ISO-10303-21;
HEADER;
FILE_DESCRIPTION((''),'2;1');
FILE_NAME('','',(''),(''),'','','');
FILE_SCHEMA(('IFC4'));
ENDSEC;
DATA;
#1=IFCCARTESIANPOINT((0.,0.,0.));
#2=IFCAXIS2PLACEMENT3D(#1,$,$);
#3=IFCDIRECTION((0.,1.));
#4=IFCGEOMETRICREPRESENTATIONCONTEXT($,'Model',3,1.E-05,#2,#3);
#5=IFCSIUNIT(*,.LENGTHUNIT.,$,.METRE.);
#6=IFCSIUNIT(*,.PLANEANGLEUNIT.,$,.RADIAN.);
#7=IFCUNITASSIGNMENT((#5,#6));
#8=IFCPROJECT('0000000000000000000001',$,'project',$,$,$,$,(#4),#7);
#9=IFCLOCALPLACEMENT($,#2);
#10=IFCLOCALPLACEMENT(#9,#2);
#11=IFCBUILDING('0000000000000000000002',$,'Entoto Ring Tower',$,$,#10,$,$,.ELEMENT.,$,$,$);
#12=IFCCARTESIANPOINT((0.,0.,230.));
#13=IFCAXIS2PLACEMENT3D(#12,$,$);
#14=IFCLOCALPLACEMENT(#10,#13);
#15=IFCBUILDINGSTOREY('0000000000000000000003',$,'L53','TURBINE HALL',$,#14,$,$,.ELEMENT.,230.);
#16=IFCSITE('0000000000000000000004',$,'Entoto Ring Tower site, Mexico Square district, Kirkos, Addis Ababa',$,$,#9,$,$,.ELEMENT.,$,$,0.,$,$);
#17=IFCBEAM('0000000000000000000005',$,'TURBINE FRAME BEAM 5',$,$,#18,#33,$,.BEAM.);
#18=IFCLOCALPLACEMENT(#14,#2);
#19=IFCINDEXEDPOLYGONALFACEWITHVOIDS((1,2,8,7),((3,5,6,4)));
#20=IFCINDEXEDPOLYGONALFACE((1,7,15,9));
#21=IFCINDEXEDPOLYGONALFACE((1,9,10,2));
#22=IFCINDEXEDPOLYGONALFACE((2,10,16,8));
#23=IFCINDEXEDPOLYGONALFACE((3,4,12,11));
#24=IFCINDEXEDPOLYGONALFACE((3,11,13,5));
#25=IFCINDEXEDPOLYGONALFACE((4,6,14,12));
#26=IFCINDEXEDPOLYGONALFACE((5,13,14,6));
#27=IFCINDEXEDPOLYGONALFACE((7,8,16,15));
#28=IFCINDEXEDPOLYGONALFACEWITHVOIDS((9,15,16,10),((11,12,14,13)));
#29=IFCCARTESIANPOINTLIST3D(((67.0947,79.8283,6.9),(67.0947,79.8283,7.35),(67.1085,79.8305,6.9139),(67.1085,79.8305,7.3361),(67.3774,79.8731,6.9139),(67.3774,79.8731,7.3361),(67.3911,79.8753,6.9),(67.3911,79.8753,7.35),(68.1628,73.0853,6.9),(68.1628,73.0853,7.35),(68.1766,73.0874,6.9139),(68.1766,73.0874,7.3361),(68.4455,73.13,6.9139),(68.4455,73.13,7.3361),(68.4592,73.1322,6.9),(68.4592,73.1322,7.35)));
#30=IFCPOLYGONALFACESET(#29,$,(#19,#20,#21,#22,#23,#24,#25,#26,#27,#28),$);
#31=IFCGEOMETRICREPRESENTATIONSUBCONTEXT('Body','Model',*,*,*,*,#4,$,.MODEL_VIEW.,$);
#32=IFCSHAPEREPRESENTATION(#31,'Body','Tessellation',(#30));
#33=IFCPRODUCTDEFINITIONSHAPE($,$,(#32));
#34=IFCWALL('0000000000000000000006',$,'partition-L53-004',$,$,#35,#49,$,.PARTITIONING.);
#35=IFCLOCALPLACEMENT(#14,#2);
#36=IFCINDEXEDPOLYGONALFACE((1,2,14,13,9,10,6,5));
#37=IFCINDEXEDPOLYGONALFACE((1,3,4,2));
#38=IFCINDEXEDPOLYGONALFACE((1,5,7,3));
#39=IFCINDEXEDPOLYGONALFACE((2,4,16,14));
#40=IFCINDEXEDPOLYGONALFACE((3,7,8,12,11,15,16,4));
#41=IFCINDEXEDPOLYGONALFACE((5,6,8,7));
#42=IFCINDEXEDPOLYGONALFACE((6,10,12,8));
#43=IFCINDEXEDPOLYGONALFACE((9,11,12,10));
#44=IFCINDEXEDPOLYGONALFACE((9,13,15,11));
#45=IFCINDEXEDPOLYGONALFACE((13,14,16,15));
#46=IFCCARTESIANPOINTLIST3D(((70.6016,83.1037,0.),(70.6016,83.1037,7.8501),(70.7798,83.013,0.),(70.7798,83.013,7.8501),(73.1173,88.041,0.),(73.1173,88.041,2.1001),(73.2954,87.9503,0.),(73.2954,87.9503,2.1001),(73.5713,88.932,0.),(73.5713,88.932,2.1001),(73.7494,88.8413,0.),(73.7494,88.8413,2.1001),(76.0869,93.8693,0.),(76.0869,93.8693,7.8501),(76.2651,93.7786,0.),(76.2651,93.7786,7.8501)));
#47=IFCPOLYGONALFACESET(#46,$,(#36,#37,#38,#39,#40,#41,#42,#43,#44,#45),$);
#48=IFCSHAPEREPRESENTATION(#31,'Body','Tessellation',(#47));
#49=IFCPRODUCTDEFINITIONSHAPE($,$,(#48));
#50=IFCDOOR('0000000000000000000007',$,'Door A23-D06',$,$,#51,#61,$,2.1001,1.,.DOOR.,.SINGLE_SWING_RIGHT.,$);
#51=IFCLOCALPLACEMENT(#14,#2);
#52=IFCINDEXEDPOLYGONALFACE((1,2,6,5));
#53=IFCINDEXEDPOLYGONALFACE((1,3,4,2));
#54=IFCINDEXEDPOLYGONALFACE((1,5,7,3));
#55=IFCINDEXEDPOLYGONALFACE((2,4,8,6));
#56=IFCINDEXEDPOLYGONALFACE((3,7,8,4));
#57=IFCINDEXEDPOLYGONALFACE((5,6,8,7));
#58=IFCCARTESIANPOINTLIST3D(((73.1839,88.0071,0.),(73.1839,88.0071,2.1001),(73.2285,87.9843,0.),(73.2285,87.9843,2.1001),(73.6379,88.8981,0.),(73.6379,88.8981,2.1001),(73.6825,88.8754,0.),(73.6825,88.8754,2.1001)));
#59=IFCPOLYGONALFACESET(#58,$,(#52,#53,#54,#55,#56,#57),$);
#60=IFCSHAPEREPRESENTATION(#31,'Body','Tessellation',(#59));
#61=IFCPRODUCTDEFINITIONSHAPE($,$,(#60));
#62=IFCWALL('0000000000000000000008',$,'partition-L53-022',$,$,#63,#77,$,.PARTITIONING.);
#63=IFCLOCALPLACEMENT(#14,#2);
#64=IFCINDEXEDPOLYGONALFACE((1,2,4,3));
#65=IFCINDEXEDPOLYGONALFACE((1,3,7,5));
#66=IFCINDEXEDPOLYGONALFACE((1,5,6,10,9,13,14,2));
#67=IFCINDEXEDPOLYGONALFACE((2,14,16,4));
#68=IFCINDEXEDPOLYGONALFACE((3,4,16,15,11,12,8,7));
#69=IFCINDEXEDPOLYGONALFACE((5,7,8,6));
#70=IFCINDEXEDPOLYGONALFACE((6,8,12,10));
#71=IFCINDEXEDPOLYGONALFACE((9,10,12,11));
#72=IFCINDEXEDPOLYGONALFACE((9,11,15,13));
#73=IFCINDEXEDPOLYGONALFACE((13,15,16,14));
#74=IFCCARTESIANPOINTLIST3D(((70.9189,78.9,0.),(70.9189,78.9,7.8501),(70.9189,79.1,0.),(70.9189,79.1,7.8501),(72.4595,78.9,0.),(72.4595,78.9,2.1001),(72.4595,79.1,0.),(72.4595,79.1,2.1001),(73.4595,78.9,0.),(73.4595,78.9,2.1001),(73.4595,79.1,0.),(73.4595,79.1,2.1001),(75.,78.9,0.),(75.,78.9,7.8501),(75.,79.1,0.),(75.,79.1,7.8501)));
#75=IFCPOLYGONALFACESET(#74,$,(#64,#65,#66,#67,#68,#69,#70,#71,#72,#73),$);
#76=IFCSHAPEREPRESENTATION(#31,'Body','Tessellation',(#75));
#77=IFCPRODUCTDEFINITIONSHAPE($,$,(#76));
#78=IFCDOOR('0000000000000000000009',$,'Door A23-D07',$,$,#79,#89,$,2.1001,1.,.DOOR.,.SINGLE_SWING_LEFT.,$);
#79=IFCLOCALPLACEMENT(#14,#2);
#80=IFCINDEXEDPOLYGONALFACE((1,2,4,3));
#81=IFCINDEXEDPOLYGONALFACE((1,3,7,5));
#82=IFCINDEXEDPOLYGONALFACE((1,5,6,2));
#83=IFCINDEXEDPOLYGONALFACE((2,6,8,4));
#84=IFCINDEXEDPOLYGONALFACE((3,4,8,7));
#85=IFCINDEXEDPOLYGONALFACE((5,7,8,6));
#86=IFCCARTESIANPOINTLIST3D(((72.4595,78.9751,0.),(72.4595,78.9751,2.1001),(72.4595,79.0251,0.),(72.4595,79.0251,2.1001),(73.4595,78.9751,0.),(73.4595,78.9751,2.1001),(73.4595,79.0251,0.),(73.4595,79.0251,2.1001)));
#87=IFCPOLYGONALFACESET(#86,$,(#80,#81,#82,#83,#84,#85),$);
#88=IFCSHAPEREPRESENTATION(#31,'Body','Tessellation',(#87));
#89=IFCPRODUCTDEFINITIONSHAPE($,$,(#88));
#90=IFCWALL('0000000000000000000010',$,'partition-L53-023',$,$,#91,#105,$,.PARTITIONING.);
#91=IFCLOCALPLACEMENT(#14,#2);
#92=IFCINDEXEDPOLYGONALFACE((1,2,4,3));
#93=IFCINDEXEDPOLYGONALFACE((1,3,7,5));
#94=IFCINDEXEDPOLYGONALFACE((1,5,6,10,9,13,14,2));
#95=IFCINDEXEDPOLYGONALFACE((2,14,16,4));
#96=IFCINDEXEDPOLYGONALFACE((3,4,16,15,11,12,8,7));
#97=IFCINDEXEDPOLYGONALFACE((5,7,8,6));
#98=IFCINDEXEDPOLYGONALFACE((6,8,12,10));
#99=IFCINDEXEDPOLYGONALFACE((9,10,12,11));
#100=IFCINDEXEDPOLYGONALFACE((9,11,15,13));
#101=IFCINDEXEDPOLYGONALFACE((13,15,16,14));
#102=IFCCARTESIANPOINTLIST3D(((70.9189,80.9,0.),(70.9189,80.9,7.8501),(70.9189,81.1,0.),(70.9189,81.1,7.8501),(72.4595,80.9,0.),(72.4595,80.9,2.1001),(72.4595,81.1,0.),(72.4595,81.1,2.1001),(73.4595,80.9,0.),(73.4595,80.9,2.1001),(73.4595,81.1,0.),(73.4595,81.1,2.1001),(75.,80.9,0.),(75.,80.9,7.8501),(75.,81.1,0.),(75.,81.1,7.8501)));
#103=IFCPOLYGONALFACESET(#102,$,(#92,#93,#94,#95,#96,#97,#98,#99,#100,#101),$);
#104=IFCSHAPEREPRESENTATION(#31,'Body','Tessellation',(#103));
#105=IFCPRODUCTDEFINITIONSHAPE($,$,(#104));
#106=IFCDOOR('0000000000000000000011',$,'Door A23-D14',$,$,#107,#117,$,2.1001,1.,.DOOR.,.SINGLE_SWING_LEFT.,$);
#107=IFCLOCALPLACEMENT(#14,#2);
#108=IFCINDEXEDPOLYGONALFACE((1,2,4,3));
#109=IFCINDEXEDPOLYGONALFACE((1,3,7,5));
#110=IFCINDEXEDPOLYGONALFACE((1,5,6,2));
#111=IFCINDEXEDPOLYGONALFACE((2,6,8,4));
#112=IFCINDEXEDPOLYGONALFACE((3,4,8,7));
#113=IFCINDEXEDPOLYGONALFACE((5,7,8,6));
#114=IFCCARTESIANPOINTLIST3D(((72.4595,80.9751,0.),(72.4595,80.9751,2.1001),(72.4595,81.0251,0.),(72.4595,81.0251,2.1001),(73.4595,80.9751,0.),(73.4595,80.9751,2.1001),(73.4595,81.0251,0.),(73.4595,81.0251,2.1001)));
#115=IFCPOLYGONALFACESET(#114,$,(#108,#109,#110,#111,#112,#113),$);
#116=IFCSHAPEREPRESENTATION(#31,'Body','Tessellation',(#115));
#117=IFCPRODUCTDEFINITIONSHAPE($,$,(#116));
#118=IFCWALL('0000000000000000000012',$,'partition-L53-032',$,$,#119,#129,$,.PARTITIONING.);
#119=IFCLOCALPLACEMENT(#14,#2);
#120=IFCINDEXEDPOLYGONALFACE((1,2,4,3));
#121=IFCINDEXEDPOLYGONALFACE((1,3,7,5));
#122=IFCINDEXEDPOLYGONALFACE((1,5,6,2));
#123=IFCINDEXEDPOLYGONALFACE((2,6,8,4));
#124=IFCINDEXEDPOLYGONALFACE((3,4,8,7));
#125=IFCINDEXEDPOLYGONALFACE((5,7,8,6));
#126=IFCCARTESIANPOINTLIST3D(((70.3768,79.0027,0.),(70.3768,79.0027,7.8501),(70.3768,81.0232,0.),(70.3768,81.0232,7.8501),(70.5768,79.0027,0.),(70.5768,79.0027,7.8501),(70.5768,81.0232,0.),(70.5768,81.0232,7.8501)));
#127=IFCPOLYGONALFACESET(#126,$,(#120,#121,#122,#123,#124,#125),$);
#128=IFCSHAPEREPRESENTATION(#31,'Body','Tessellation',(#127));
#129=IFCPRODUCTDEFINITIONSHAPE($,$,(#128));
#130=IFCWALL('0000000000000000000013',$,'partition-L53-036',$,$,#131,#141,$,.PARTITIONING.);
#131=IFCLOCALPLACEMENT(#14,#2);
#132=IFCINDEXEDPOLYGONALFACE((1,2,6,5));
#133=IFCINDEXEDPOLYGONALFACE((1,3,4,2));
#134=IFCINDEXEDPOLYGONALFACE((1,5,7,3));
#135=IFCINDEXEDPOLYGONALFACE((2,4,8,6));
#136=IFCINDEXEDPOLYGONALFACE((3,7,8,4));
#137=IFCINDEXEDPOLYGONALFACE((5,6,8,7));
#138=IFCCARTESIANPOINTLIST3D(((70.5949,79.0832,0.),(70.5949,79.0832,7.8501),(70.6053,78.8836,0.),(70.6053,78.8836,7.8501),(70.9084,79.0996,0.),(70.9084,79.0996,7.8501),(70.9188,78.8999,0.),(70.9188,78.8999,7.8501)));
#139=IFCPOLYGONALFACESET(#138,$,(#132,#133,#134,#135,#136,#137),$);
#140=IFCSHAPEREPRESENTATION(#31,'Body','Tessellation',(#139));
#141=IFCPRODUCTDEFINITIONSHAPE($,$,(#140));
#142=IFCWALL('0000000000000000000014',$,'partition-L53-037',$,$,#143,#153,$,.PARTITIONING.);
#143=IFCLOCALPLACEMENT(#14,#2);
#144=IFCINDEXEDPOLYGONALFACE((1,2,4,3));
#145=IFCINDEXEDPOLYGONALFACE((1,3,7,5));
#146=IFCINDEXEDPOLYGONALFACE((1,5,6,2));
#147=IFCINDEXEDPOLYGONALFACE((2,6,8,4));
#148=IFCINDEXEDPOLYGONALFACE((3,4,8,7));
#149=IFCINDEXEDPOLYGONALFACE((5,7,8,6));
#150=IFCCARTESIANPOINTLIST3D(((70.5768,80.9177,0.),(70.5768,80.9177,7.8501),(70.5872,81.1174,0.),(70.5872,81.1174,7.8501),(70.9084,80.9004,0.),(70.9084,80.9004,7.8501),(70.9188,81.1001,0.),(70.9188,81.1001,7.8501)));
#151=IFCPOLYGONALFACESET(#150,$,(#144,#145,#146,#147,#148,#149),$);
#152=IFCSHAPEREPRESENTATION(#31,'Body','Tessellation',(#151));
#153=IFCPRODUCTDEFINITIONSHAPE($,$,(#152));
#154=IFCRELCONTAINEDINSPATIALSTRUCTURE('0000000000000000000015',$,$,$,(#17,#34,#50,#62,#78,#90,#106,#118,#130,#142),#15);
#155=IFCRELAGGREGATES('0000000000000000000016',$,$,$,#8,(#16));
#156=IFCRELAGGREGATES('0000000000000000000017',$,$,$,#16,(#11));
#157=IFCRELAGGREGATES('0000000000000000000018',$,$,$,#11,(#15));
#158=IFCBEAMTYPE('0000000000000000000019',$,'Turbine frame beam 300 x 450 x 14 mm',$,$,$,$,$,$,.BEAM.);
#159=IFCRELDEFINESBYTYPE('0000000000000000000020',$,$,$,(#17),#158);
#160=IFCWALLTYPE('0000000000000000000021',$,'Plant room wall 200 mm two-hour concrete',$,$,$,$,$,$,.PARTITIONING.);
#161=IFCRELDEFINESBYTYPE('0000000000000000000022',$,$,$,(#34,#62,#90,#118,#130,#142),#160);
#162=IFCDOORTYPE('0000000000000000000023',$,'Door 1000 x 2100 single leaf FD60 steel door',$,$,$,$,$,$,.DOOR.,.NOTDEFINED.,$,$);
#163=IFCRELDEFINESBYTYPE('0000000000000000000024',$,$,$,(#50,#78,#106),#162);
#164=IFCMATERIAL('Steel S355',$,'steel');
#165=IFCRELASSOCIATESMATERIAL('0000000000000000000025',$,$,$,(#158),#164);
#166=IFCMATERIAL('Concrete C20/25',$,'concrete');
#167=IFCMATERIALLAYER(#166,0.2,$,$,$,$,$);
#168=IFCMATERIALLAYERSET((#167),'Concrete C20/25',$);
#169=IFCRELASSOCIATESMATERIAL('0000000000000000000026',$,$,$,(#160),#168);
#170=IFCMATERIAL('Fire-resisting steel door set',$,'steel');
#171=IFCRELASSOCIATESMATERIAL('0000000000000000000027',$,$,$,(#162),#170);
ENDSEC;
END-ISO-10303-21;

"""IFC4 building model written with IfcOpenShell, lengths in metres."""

from ifc_helpers import new_model, si_unit, direction, frame, frame_2d, origin, origin_2d, place, context, subcontext, project, spatial, rectangle, hollow_rectangle, extrude, material, layer, layer_set, material_profile, profile_set, type_object, element, fill, save


model = new_model("IFC4")

# Units and contexts
model_context = context("Model", 3, precision=1e-05, world=origin(), true_north=direction((0.0, 1.0)))
body_context = subcontext(model_context, "Body", "Model", "MODEL_VIEW")
ifc_project = project(units=[si_unit("LENGTHUNIT", "METRE"), si_unit("PLANEANGLEUNIT", "RADIAN")], contexts=[model_context])

# Site, building, storey
site_placement = place(None, origin())
site = spatial("IfcSite", under=ifc_project, at=site_placement, Name="Entoto Ring Tower site, Mexico Square district, Kirkos, Addis Ababa", CompositionType="ELEMENT", RefElevation=0.0)
building_placement = place(site_placement, origin())
building = spatial("IfcBuilding", under=site, at=building_placement, Name="Entoto Ring Tower", CompositionType="ELEMENT")
storey_placement = place(building_placement, frame((0.0, 0.0, 230.0)))
storey = spatial("IfcBuildingStorey", under=building, at=storey_placement, Name="L53", Description="TURBINE HALL", CompositionType="ELEMENT", Elevation=230.0)

# Beam
ifc_material_1 = material(Name="Steel S355", Category="steel")
ifc_material_profile_1 = material_profile(ifc_material_1, hollow_rectangle(XDim=0.3, YDim=0.45, WallThickness=0.0139, at=origin_2d()), Name="Turbine frame beam 300 x 450 x 14 mm")
ifc_profile_set_1 = profile_set([ifc_material_profile_1], Name="Steel S355")
beam_type_1 = type_object("IfcBeamType", Name="Turbine frame beam 300 x 450 x 14 mm", PredefinedType="BEAM", material=ifc_profile_set_1)
beam_placement = place(storey_placement, frame((67.2429, 79.8518, 7.125), z_axis=(0.156449, -0.987686, 0.0), x_axis=(0.987686, 0.156449, 0.0)))
element("IfcBeam", 1, at=beam_placement, inside=storey, type_object=beam_type_1, Name="TURBINE FRAME BEAM 5", PredefinedType="BEAM", context=body_context, shape_type="SweptSolid", body=[
    extrude(hollow_rectangle(XDim=0.3, YDim=0.45, WallThickness=0.0139, at=origin_2d()), origin(), (0.0, 0.0, 1.0), 6.8271),
])

# Walls, openings, doors
ifc_material_2 = material(Name="Concrete C20/25", Category="concrete")
ifc_layer = layer(ifc_material_2, 0.2)
ifc_layer_set = layer_set([ifc_layer], Name="Concrete C20/25")
wall_type = type_object("IfcWallType", Name="Plant room wall 200 mm two-hour concrete", PredefinedType="PARTITIONING", material=ifc_layer_set)
wall_1_placement = place(storey_placement, frame((70.6907, 83.0583, 0.0), z_axis=(0.0, 0.0, 1.0), x_axis=(0.45399, 0.891007, 0.0)))
wall_1 = element("IfcWall", 2, at=wall_1_placement, inside=storey, type_object=wall_type, Name="partition-L53-004", PredefinedType="PARTITIONING", context=body_context, shape_type="SweptSolid", body=[
    extrude(rectangle(XDim=12.0825, YDim=0.2, at=frame_2d((6.0413, 0.0))), origin(), (0.0, 0.0, 1.0), 7.8501),
])
opening_1_placement = place(wall_1_placement, frame((5.5413, 0.0, 0.0)))
opening_1 = element("IfcOpeningElement", 3, at=opening_1_placement, cuts=wall_1, PredefinedType="OPENING", context=body_context, shape_type="SweptSolid", body=[
    extrude(rectangle(XDim=1.0, YDim=2.1001, at=frame_2d((0.5, 1.05))), frame((0.0, 0.1099, 0.0), z_axis=(0.0, -1.0, 0.0), x_axis=(1.0, 0.0, 0.0)), (0.0, 0.0, 1.0), 0.22),
])
ifc_material_3 = material(Name="Fire-resisting steel door set", Category="steel")
door_type = type_object("IfcDoorType", Name="Door 1000 x 2100 single leaf FD60 steel door", OperationType="NOTDEFINED", PredefinedType="DOOR", material=ifc_material_3)
door_1_placement = place(opening_1_placement, frame((1.0, 0.0, 0.0), z_axis=(0.0, 0.0, 1.0), x_axis=(-1.0, 0.0, 0.0)))
door_1 = element("IfcDoor", 4, at=door_1_placement, inside=storey, type_object=door_type, Name="Door A23-D06", OperationType="SINGLE_SWING_RIGHT", OverallHeight=2.1001, OverallWidth=1.0, PredefinedType="DOOR", context=body_context, shape_type="SweptSolid", body=[
    extrude(rectangle(XDim=1.0, YDim=2.1001, at=frame_2d((0.5, 1.05))), frame((0.0, 0.0249, 0.0), z_axis=(0.0, -1.0, 0.0), x_axis=(1.0, 0.0, 0.0)), (0.0, 0.0, 1.0), 0.05),
])
fill(opening_1, door_1)
wall_2_placement = place(storey_placement, frame((70.9189, 79.0, 0.0), z_axis=(0.0, 0.0, 1.0), x_axis=(1.0, 0.0, 0.0)))
wall_2 = element("IfcWall", 5, at=wall_2_placement, inside=storey, type_object=wall_type, Name="partition-L53-022", PredefinedType="PARTITIONING", context=body_context, shape_type="SweptSolid", body=[
    extrude(rectangle(XDim=4.0811, YDim=0.2, at=frame_2d((2.0405, 0.0))), origin(), (0.0, 0.0, 1.0), 7.8501),
])
opening_2_placement = place(wall_2_placement, frame((1.5405, 0.0, 0.0)))
opening_2 = element("IfcOpeningElement", 6, at=opening_2_placement, cuts=wall_2, PredefinedType="OPENING", context=body_context, shape_type="SweptSolid", body=[
    extrude(rectangle(XDim=1.0, YDim=2.1001, at=frame_2d((0.5, 1.05))), frame((0.0, 0.1099, 0.0), z_axis=(0.0, -1.0, 0.0), x_axis=(1.0, 0.0, 0.0)), (0.0, 0.0, 1.0), 0.22),
])
door_2_placement = place(opening_2_placement, frame((1.0, 0.0, 0.0), z_axis=(0.0, 0.0, 1.0), x_axis=(-1.0, 0.0, 0.0)))
door_2 = element("IfcDoor", 7, at=door_2_placement, inside=storey, type_object=door_type, Name="Door A23-D07", OperationType="SINGLE_SWING_LEFT", OverallHeight=2.1001, OverallWidth=1.0, PredefinedType="DOOR", context=body_context, shape_type="SweptSolid", body=[
    extrude(rectangle(XDim=1.0, YDim=2.1001, at=frame_2d((0.5, 1.05))), frame((0.0, 0.0249, 0.0), z_axis=(0.0, -1.0, 0.0), x_axis=(1.0, 0.0, 0.0)), (0.0, 0.0, 1.0), 0.05),
])
fill(opening_2, door_2)
wall_3_placement = place(storey_placement, frame((70.9189, 81.0, 0.0), z_axis=(0.0, 0.0, 1.0), x_axis=(1.0, 0.0, 0.0)))
wall_3 = element("IfcWall", 8, at=wall_3_placement, inside=storey, type_object=wall_type, Name="partition-L53-023", PredefinedType="PARTITIONING", context=body_context, shape_type="SweptSolid", body=[
    extrude(rectangle(XDim=4.0811, YDim=0.2, at=frame_2d((2.0405, 0.0))), origin(), (0.0, 0.0, 1.0), 7.8501),
])
opening_3_placement = place(wall_3_placement, frame((1.5405, 0.0, 0.0)))
opening_3 = element("IfcOpeningElement", 9, at=opening_3_placement, cuts=wall_3, PredefinedType="OPENING", context=body_context, shape_type="SweptSolid", body=[
    extrude(rectangle(XDim=1.0, YDim=2.1001, at=frame_2d((0.5, 1.05))), frame((0.0, 0.1099, 0.0), z_axis=(0.0, -1.0, 0.0), x_axis=(1.0, 0.0, 0.0)), (0.0, 0.0, 1.0), 0.22),
])
door_3_placement = place(opening_3_placement, frame((1.0, 0.0, 0.0), z_axis=(0.0, 0.0, 1.0), x_axis=(-1.0, 0.0, 0.0)))
door_3 = element("IfcDoor", 10, at=door_3_placement, inside=storey, type_object=door_type, Name="Door A23-D14", OperationType="SINGLE_SWING_LEFT", OverallHeight=2.1001, OverallWidth=1.0, PredefinedType="DOOR", context=body_context, shape_type="SweptSolid", body=[
    extrude(rectangle(XDim=1.0, YDim=2.1001, at=frame_2d((0.5, 1.05))), frame((0.0, 0.0249, 0.0), z_axis=(0.0, -1.0, 0.0), x_axis=(1.0, 0.0, 0.0)), (0.0, 0.0, 1.0), 0.05),
])
fill(opening_3, door_3)

# Walls
wall_4_placement = place(storey_placement, frame((70.4768, 79.0027, 0.0), z_axis=(0.0, 0.0, 1.0), x_axis=(0.0, 1.0, 0.0)))
element("IfcWall", 11, at=wall_4_placement, inside=storey, type_object=wall_type, Name="partition-L53-032", PredefinedType="PARTITIONING", context=body_context, shape_type="SweptSolid", body=[
    extrude(rectangle(XDim=2.0205, YDim=0.2, at=frame_2d((1.0103, 0.0))), origin(), (0.0, 0.0, 1.0), 7.8501),
])
wall_5_placement = place(storey_placement, frame((70.6001, 78.9834, 0.0), z_axis=(0.0, 0.0, 1.0), x_axis=(0.998641, 0.05211, 0.0)))
element("IfcWall", 12, at=wall_5_placement, inside=storey, type_object=wall_type, Name="partition-L53-036", PredefinedType="PARTITIONING", context=body_context, shape_type="SweptSolid", body=[
    extrude(rectangle(XDim=0.314, YDim=0.2, at=frame_2d((0.157, 0.0))), origin(), (0.0, 0.0, 1.0), 7.8501),
])
wall_6_placement = place(storey_placement, frame((70.9136, 81.0002, 0.0), z_axis=(0.0, 0.0, 1.0), x_axis=(-0.998636, 0.052211, 0.0)))
element("IfcWall", 13, at=wall_6_placement, inside=storey, type_object=wall_type, Name="partition-L53-037", PredefinedType="PARTITIONING", context=body_context, shape_type="SweptSolid", body=[
    extrude(rectangle(XDim=0.332, YDim=0.2, at=frame_2d((0.166, 0.0))), origin(), (0.0, 0.0, 1.0), 7.8501),
])

save(model, "model.ifc")
